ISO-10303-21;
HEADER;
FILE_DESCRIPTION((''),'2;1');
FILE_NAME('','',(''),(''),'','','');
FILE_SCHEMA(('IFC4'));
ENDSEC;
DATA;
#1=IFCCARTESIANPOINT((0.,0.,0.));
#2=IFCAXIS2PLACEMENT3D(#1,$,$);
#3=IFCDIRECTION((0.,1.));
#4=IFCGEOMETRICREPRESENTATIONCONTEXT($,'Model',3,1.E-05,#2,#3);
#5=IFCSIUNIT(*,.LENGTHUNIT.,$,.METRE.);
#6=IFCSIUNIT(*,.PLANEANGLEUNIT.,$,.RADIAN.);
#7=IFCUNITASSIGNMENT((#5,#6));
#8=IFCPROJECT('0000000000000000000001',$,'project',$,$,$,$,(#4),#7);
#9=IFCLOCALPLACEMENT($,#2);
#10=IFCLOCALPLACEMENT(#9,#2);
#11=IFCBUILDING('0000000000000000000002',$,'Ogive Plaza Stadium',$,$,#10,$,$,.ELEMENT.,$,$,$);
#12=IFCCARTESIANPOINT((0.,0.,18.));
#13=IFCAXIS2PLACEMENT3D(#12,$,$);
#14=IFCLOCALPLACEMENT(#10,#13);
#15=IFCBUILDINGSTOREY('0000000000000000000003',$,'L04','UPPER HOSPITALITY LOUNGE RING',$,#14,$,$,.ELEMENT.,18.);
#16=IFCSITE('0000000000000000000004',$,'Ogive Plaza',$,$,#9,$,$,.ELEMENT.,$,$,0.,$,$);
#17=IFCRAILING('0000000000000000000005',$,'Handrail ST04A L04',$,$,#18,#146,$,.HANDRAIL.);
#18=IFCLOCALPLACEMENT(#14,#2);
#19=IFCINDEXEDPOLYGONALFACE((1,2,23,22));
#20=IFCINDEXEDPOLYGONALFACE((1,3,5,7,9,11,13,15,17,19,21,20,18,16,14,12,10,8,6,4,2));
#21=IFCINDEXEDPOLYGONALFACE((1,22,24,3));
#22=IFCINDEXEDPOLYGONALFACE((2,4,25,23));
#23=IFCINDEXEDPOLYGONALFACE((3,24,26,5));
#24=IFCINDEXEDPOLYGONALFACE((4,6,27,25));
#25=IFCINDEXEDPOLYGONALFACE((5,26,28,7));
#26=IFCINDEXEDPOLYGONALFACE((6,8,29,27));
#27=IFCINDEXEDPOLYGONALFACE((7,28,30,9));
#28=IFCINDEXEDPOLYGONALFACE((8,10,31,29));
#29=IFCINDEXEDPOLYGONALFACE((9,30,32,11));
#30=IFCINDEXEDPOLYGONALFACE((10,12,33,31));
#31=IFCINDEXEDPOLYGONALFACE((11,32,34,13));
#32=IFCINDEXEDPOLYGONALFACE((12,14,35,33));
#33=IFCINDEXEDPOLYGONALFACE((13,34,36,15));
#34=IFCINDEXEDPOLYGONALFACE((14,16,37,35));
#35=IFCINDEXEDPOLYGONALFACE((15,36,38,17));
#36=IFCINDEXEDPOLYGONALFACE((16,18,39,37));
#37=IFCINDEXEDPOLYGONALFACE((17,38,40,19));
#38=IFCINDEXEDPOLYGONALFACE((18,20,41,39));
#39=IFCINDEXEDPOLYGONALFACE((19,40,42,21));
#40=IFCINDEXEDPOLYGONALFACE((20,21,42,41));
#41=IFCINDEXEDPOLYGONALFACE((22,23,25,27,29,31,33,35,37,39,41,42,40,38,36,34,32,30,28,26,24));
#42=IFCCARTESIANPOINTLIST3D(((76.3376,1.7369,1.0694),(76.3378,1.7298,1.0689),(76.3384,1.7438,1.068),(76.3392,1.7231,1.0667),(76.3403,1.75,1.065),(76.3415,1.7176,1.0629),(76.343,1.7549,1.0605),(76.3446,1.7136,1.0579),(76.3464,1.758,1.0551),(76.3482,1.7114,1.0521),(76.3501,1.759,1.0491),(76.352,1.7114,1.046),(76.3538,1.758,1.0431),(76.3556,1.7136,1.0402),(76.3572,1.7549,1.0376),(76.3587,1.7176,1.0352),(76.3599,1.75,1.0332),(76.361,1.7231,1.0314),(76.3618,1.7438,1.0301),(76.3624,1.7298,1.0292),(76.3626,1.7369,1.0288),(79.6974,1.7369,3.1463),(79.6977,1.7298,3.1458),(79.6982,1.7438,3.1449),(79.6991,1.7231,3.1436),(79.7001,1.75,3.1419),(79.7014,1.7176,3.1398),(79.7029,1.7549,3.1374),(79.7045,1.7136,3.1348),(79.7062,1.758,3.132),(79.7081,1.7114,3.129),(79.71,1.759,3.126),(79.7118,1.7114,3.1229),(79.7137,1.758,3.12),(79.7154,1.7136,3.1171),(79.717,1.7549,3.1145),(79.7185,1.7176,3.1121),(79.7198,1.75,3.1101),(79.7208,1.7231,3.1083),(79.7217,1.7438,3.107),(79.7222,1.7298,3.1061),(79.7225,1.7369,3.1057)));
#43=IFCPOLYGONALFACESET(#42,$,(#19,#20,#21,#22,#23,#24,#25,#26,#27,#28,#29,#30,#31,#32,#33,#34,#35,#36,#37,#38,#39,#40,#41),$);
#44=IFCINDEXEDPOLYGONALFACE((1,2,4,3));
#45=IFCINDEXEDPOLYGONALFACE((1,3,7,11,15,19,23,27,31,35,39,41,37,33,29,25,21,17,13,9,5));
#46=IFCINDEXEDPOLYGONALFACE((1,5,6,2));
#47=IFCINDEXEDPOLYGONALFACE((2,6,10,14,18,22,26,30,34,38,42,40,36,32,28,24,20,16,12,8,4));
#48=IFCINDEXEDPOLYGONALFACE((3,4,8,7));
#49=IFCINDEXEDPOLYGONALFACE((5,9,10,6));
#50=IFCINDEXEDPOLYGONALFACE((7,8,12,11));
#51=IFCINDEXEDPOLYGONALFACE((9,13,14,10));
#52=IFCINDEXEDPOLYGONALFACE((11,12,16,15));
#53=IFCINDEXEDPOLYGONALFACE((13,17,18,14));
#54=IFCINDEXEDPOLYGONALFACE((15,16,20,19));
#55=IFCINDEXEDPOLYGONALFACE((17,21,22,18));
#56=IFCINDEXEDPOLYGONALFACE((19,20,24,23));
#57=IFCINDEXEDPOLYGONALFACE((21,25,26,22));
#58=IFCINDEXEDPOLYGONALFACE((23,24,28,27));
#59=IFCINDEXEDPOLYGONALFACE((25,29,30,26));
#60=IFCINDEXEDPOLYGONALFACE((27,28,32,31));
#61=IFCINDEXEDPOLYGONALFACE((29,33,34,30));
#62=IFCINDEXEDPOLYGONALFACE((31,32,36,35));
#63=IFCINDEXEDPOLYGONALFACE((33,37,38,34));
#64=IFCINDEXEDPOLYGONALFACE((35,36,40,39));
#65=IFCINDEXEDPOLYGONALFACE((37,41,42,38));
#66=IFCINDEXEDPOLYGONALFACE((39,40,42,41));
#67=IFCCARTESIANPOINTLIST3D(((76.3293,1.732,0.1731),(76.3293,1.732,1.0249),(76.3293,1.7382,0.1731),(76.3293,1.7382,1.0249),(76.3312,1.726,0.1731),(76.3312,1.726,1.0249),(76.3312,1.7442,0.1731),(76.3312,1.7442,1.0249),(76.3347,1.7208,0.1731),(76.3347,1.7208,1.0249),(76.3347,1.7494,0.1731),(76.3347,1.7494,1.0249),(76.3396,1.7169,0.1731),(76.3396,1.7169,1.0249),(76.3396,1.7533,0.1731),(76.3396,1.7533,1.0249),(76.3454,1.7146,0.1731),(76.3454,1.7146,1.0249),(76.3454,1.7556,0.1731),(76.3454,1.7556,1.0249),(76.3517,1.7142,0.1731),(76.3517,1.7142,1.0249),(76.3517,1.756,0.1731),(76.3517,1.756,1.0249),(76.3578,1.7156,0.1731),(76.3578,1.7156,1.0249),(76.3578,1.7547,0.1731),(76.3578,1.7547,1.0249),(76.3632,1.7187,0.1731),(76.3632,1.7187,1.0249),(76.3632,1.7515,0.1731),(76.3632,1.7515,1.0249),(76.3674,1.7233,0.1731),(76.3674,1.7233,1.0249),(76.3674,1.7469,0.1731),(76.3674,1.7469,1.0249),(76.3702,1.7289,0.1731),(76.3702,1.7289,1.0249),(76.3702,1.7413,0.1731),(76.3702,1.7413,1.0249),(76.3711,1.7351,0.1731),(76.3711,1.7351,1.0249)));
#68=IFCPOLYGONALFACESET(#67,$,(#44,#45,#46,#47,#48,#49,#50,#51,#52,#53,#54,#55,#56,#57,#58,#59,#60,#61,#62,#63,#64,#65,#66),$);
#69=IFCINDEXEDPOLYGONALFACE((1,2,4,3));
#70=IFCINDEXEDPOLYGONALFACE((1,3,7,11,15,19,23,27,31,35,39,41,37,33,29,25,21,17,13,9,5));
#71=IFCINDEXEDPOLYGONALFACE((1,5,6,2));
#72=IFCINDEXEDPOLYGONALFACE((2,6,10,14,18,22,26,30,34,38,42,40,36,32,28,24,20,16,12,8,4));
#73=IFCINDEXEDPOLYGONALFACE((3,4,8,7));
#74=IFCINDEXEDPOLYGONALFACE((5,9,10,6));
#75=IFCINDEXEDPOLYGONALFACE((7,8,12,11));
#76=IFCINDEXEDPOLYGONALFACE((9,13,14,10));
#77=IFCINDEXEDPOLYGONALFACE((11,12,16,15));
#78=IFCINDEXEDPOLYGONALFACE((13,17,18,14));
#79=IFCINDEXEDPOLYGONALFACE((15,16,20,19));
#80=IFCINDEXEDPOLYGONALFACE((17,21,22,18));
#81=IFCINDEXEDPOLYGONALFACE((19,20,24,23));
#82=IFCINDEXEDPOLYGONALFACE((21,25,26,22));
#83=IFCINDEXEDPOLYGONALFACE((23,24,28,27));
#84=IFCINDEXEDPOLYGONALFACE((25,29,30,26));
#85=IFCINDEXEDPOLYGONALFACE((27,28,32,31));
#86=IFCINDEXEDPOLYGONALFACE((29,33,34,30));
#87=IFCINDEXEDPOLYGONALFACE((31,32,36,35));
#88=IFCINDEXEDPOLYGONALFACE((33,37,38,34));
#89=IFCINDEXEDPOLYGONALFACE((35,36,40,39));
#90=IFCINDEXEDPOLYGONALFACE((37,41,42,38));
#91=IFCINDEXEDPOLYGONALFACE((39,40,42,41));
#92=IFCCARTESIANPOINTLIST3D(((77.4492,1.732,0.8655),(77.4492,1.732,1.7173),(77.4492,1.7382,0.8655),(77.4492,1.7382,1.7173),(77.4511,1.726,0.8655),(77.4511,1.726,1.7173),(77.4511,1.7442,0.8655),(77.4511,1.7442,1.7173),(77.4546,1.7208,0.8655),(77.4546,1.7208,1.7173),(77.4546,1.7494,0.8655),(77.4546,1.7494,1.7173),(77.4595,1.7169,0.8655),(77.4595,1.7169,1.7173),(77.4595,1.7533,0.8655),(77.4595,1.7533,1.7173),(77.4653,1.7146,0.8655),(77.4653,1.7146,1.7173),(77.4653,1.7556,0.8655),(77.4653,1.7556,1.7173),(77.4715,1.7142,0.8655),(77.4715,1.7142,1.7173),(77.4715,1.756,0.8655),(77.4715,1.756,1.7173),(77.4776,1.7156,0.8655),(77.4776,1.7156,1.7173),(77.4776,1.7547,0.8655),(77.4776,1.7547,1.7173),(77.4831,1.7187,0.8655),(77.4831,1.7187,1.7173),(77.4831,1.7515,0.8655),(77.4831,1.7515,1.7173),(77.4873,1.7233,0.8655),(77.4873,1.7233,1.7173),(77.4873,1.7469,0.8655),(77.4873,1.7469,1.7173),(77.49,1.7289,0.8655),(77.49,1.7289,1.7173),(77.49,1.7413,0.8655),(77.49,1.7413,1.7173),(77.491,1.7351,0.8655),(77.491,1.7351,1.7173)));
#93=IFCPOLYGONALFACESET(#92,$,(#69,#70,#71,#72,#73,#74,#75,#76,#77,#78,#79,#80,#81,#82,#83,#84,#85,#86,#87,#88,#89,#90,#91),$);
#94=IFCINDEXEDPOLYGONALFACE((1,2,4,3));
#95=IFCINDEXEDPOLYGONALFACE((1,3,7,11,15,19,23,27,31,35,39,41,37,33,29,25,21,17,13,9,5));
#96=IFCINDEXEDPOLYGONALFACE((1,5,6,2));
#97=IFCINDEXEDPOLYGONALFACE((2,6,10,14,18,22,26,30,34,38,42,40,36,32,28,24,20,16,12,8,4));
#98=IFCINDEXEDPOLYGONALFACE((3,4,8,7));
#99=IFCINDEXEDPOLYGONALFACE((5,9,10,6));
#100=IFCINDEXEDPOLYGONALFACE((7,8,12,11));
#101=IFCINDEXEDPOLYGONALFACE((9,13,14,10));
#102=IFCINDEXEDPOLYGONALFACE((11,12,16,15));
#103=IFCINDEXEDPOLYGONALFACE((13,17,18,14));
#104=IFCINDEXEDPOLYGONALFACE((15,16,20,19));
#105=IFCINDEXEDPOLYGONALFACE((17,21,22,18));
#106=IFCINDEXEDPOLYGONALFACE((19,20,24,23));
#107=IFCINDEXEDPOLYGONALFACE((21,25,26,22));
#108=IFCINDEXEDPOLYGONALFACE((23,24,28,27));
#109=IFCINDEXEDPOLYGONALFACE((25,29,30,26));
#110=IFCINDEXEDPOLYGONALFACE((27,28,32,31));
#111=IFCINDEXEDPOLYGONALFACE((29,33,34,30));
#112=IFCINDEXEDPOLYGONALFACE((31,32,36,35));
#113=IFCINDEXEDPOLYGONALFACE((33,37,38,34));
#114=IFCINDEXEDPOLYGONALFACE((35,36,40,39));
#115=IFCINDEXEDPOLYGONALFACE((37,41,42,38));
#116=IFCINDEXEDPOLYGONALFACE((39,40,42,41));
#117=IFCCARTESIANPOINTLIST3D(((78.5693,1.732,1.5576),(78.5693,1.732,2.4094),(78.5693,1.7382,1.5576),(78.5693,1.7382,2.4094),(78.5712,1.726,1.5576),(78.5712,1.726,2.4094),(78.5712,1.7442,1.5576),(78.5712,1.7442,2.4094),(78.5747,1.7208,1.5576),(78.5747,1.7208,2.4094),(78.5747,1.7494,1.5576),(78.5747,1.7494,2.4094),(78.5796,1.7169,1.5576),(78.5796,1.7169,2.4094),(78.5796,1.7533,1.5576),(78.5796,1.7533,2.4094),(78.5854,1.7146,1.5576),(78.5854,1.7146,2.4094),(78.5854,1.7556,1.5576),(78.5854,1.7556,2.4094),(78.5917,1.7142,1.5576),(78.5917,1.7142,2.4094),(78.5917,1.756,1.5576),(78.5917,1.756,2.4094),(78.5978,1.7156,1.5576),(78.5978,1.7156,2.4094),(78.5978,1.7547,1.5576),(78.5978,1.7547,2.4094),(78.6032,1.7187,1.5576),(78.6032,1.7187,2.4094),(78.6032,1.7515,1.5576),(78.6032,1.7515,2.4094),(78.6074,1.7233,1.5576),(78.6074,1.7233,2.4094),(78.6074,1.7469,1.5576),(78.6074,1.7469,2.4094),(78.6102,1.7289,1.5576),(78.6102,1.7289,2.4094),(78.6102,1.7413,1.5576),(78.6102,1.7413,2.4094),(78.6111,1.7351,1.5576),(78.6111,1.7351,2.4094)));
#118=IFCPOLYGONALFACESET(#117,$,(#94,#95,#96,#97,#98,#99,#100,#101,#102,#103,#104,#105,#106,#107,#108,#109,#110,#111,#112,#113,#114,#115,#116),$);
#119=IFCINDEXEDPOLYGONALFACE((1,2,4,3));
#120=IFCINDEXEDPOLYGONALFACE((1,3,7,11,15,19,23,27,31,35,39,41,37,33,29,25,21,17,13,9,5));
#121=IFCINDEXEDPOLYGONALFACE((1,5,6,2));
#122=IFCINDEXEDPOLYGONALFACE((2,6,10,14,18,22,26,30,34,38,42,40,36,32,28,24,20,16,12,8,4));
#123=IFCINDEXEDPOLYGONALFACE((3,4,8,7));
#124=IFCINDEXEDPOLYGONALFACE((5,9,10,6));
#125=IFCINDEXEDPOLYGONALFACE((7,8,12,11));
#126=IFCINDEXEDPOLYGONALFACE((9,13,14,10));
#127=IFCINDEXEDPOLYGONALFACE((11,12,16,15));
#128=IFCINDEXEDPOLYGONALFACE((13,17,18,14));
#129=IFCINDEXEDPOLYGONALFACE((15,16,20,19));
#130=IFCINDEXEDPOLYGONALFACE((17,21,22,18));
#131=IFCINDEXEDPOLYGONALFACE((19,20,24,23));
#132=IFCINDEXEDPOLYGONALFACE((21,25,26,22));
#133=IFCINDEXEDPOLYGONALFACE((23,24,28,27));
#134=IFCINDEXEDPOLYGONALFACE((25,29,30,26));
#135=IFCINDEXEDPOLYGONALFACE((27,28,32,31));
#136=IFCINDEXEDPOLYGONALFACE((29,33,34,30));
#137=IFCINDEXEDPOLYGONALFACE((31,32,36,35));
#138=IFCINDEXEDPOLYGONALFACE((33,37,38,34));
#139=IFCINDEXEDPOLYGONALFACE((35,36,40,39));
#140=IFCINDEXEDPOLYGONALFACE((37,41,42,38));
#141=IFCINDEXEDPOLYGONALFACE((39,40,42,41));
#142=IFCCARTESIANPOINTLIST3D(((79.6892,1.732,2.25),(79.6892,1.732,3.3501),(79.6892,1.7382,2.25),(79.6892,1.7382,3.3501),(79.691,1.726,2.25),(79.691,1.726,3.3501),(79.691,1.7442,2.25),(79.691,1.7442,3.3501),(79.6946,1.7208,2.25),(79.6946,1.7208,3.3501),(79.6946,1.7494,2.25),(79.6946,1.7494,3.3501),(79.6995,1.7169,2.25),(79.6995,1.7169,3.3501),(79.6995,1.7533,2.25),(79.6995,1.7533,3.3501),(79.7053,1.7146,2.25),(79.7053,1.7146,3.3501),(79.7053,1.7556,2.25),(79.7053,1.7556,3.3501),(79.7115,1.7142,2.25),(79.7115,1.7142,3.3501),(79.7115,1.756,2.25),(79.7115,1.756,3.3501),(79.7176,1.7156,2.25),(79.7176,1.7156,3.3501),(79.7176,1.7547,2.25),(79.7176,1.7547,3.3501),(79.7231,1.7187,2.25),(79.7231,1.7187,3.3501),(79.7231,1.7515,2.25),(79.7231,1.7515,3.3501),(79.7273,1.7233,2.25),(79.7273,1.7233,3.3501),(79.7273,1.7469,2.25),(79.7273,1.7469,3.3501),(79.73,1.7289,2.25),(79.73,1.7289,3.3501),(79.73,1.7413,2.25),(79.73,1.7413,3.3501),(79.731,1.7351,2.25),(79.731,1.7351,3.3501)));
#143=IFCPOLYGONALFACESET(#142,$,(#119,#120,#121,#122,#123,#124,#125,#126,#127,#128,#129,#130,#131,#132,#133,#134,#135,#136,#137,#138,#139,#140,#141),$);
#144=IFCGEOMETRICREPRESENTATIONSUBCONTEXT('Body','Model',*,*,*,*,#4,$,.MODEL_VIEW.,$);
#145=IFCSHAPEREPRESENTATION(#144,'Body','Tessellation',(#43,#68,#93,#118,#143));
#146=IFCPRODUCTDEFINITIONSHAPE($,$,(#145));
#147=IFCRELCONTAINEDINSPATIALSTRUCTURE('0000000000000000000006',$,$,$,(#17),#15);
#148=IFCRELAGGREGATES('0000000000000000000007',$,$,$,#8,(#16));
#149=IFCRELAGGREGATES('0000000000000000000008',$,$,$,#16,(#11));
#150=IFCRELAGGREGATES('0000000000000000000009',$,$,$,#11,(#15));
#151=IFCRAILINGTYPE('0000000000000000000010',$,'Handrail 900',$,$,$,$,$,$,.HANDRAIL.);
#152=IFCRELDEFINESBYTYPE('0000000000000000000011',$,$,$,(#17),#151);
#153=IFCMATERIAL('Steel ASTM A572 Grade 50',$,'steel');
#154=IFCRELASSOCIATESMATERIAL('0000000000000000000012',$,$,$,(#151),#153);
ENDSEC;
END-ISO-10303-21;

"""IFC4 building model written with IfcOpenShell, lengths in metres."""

from ifc_helpers import new_model, si_unit, direction, frame, origin, origin_2d, place, context, subcontext, project, spatial, circle, extrude, material, type_object, element, save


model = new_model("IFC4")

# Units and contexts
model_context = context("Model", 3, precision=1e-05, world=origin(), true_north=direction((0.0, 1.0)))
body_context = subcontext(model_context, "Body", "Model", "MODEL_VIEW")
ifc_project = project(units=[si_unit("LENGTHUNIT", "METRE"), si_unit("PLANEANGLEUNIT", "RADIAN")], contexts=[model_context])

# Site, building, storey
site_placement = place(None, origin())
site = spatial("IfcSite", under=ifc_project, at=site_placement, Name="Ogive Plaza", CompositionType="ELEMENT", RefElevation=0.0)
building_placement = place(site_placement, origin())
building = spatial("IfcBuilding", under=site, at=building_placement, Name="Ogive Plaza Stadium", CompositionType="ELEMENT")
storey_placement = place(building_placement, frame((0.0, 0.0, 18.0)))
storey = spatial("IfcBuildingStorey", under=building, at=storey_placement, Name="L04", Description="UPPER HOSPITALITY LOUNGE RING", CompositionType="ELEMENT", Elevation=18.0)

# Railing
ifc_material_1 = material(Name="Steel ASTM A572 Grade 50", Category="steel")
railing_type_1 = type_object("IfcRailingType", Name="Handrail 900", PredefinedType="HANDRAIL", material=ifc_material_1)
for number, where, name in (
    (1, (76.3501, 1.7351, 0.1731), "Handrail ST04A L04"),
):
    element("IfcRailing", number, at=place(storey_placement, frame(where)), inside=storey, type_object=railing_type_1, Name=name, PredefinedType="HANDRAIL", context=body_context, shape_type="SweptSolid", body=[
        extrude(circle(Radius=0.0239, at=origin_2d()), frame((0.0, 0.0, 0.876), z_axis=(0.850606, 0.0, 0.525803), x_axis=(0.0, 1.0, 0.0)), (0.0, 0.0, 1.0), 3.95),
        extrude(circle(Radius=0.021, at=origin_2d()), origin(), (0.0, 0.0, 1.0), 0.8518),
        extrude(circle(Radius=0.021, at=origin_2d()), frame((1.1199, 0.0, 0.6924)), (0.0, 0.0, 1.0), 0.8518),
        extrude(circle(Radius=0.021, at=origin_2d()), frame((2.24, 0.0, 1.3845)), (0.0, 0.0, 1.0), 0.8518),
        extrude(circle(Radius=0.021, at=origin_2d()), frame((3.3599, 0.0, 2.0769)), (0.0, 0.0, 1.0), 1.1001),
    ])

save(model, "model.ifc")
